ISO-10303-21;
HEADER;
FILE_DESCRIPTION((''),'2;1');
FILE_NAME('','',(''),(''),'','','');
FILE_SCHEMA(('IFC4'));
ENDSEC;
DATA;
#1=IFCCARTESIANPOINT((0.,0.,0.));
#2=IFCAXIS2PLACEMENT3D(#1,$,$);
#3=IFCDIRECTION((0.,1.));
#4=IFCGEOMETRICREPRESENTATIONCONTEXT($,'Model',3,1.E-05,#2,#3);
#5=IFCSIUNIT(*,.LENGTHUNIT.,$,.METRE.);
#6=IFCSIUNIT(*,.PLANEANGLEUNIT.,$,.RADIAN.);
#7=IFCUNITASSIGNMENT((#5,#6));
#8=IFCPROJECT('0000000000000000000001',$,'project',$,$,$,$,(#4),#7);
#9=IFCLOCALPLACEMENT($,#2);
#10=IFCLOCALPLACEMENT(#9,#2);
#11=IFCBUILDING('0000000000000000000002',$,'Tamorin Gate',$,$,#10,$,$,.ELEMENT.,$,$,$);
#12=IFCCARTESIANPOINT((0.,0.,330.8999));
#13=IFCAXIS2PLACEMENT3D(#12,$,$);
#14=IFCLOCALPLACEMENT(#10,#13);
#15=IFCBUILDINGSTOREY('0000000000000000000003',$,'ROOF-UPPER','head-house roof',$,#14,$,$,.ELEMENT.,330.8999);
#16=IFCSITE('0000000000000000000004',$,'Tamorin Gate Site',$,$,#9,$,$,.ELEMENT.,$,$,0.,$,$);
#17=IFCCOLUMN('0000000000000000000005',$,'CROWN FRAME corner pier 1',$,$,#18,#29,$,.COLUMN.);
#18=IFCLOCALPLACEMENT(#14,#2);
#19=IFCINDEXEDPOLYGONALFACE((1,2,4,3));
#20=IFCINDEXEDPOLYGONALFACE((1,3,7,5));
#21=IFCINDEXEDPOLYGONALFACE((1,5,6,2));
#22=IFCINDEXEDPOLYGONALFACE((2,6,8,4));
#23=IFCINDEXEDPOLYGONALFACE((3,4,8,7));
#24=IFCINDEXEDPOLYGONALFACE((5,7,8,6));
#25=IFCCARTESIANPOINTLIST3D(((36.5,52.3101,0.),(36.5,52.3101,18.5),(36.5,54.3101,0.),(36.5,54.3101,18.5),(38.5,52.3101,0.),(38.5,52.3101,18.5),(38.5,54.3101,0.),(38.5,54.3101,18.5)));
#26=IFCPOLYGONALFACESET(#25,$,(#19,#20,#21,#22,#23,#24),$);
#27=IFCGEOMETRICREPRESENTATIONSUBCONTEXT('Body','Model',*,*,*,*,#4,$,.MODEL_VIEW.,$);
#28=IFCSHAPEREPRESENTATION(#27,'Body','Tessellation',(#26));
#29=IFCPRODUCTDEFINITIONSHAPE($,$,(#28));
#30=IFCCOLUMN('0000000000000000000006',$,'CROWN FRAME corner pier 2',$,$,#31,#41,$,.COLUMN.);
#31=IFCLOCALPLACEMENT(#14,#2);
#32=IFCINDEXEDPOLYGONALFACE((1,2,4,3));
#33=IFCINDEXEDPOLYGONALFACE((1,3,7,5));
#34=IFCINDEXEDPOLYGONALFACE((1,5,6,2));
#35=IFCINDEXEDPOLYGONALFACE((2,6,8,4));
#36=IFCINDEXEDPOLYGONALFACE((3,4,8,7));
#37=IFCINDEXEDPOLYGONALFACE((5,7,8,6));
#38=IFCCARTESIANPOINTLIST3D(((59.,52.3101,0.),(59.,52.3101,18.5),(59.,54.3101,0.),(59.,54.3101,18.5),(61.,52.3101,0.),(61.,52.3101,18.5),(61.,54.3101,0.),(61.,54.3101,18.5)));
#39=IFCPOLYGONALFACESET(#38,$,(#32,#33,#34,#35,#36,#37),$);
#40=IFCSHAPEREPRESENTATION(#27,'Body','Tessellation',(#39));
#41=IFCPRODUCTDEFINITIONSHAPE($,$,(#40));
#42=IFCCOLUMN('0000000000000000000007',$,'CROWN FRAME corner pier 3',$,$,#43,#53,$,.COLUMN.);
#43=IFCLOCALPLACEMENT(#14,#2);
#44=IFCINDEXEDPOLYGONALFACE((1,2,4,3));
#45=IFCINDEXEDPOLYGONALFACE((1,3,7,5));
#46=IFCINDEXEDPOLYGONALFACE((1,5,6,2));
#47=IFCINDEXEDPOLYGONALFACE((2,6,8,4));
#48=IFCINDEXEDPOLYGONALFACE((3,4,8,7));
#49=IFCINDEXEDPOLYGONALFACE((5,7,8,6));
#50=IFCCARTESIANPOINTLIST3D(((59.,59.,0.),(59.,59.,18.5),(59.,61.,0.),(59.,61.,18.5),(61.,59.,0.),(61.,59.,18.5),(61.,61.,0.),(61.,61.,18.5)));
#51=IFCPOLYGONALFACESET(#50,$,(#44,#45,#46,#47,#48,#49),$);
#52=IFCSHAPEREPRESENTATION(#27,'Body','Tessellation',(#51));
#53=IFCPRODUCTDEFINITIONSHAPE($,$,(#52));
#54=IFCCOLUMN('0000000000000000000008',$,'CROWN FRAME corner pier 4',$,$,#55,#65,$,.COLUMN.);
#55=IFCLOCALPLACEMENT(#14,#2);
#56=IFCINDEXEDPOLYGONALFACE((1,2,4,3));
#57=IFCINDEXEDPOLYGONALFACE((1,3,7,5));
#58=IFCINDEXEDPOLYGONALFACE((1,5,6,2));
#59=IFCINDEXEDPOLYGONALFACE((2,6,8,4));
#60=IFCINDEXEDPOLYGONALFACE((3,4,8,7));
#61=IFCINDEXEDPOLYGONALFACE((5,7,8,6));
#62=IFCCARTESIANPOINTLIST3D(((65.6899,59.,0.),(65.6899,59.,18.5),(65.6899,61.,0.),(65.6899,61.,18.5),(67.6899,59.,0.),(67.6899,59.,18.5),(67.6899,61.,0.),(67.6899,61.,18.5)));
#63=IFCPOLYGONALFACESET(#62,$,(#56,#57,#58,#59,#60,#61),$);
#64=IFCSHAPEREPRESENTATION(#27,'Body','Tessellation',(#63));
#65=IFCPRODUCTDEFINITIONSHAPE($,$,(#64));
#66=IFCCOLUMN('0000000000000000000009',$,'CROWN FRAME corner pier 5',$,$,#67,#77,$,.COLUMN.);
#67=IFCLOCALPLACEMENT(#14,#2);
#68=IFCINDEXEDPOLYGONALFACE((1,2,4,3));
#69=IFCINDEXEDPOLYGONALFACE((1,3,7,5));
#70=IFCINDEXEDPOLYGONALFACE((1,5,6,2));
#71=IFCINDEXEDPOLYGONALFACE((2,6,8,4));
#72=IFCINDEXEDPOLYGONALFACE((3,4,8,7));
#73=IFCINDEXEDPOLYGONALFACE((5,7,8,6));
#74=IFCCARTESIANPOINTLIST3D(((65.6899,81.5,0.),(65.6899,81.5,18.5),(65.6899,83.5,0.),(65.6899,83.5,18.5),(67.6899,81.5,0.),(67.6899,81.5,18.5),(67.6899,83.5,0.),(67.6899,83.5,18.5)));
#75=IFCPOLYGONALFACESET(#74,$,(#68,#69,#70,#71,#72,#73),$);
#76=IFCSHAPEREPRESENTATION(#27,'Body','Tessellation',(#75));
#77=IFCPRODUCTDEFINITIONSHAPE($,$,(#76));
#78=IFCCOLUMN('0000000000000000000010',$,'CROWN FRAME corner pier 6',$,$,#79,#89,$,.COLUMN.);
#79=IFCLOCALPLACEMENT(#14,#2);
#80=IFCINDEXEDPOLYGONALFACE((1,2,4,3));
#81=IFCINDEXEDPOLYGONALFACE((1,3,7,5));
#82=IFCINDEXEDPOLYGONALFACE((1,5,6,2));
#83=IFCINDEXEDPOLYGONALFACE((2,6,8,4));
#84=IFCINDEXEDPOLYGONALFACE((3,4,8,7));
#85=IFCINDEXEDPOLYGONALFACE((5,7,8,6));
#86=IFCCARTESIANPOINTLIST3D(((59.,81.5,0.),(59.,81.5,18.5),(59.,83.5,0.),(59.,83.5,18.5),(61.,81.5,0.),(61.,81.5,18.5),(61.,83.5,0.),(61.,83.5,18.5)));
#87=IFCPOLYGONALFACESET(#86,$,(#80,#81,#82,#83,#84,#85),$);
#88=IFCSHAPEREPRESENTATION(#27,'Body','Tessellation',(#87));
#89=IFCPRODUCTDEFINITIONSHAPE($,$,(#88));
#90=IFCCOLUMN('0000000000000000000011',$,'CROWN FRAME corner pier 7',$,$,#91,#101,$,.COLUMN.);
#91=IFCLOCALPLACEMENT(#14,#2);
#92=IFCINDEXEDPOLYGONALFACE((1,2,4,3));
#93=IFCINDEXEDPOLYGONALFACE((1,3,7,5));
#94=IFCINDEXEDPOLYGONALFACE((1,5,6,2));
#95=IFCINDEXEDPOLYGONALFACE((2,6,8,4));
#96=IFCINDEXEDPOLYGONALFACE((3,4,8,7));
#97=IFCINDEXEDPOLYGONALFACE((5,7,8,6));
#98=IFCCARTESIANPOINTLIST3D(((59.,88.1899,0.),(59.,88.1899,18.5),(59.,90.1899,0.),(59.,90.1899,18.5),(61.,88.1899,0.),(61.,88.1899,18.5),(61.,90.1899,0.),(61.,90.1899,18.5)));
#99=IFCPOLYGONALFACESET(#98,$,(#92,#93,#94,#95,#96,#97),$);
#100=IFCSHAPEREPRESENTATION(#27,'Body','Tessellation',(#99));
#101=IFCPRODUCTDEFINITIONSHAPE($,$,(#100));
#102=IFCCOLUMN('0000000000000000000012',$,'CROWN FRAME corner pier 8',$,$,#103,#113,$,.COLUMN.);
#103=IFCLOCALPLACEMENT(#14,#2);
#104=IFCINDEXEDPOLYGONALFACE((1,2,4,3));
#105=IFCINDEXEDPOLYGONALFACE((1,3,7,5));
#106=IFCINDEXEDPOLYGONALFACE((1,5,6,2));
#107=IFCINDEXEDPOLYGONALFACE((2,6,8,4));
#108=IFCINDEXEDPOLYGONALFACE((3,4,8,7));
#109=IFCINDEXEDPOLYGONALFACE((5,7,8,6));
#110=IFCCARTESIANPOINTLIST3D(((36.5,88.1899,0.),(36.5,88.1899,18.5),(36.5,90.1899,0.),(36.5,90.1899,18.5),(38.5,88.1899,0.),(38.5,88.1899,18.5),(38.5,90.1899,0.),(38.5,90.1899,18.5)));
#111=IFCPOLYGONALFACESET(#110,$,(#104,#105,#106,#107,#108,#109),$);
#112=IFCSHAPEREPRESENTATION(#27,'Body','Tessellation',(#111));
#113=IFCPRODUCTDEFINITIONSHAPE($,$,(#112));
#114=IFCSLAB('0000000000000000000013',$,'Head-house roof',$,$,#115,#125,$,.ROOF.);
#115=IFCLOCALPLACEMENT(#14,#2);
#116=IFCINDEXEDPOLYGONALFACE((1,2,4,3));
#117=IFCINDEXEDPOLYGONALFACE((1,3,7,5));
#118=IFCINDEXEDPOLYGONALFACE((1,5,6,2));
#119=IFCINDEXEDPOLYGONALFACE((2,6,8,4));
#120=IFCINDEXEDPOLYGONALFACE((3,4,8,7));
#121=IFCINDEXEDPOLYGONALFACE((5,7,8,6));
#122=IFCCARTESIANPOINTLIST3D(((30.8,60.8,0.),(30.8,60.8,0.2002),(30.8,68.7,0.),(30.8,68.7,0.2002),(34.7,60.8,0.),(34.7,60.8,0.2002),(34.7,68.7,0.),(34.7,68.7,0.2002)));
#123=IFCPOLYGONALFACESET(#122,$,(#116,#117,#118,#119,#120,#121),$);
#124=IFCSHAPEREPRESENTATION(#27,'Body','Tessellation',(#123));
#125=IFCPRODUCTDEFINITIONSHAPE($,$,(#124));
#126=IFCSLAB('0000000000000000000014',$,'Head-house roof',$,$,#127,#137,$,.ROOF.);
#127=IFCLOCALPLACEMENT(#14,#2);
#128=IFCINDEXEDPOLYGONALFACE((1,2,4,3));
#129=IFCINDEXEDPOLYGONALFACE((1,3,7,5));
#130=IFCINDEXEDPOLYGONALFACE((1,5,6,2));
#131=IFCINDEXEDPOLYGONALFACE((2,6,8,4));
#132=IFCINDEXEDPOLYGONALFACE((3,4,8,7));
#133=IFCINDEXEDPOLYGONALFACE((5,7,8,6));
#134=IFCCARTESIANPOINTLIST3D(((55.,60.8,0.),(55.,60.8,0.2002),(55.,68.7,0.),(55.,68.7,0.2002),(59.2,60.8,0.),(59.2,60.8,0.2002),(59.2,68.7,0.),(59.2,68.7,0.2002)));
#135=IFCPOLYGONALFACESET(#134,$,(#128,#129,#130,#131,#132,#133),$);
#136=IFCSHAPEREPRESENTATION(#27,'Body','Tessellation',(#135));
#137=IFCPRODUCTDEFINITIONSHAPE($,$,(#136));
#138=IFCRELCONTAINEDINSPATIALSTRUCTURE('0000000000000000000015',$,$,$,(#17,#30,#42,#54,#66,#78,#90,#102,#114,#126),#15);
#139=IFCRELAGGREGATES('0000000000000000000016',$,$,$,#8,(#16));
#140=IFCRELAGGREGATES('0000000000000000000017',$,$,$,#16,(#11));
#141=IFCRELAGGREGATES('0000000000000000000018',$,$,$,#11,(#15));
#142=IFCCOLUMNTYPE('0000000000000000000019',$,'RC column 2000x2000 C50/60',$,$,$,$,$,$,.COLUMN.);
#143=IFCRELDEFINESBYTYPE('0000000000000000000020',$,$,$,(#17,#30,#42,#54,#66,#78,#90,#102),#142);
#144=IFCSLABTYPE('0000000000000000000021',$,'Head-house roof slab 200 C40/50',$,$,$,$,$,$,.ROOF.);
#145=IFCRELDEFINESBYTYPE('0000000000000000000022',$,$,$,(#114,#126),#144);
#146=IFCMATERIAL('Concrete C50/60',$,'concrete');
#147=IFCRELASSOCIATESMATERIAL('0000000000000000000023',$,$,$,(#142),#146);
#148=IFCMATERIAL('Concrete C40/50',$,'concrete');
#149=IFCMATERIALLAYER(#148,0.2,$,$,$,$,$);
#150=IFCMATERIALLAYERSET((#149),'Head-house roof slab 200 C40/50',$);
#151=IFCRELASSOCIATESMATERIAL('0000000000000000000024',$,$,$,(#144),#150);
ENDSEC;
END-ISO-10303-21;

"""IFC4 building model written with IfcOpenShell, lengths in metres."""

from ifc_helpers import new_model, si_unit, direction, frame, origin, origin_2d, place, context, subcontext, project, spatial, polyline, rectangle, outline, extrude, material, layer, layer_set, material_profile, profile_set, type_object, element, save


model = new_model("IFC4")

# Units and contexts
model_context = context("Model", 3, precision=1e-05, world=origin(), true_north=direction((0.0, 1.0)))
body_context = subcontext(model_context, "Body", "Model", "MODEL_VIEW")
ifc_project = project(units=[si_unit("LENGTHUNIT", "METRE"), si_unit("PLANEANGLEUNIT", "RADIAN")], contexts=[model_context])

# Site, building, storey
site_placement = place(None, origin())
site = spatial("IfcSite", under=ifc_project, at=site_placement, Name="Tamorin Gate Site", CompositionType="ELEMENT", RefElevation=0.0)
building_placement = place(site_placement, origin())
building = spatial("IfcBuilding", under=site, at=building_placement, Name="Tamorin Gate", CompositionType="ELEMENT")
storey_placement = place(building_placement, frame((0.0, 0.0, 330.8999)))
storey = spatial("IfcBuildingStorey", under=building, at=storey_placement, Name="ROOF-UPPER", Description="head-house roof", CompositionType="ELEMENT", Elevation=330.8999)

# Columns
ifc_material_1 = material(Name="Concrete C50/60", Category="concrete")
ifc_material_profile = material_profile(ifc_material_1, rectangle(XDim=2.0, YDim=2.0, at=origin_2d()), Name="RC 2000x2000")
ifc_profile_set = profile_set([ifc_material_profile], Name="Concrete C50/60")
column_type = type_object("IfcColumnType", Name="RC column 2000x2000 C50/60", PredefinedType="COLUMN", material=ifc_profile_set)
for number, where, z_axis, x_axis, name in (
    (1, (37.5, 53.3101, 0.0), (0.0, 0.0, 1.0), (1.0, 0.0, 0.0), "CROWN FRAME corner pier 1"),
    (2, (60.0, 53.3101, 0.0), (0.0, 0.0, 1.0), (1.0, 0.0, 0.0), "CROWN FRAME corner pier 2"),
    (3, (60.0, 60.0, 0.0), (0.0, 0.0, 1.0), (1.0, 0.0, 0.0), "CROWN FRAME corner pier 3"),
    (4, (66.6899, 60.0, 0.0), (0.0, 0.0, 1.0), (1.0, 0.0, 0.0), "CROWN FRAME corner pier 4"),
    (5, (66.6899, 82.5, 0.0), (0.0, 0.0, 1.0), (1.0, 0.0, 0.0), "CROWN FRAME corner pier 5"),
    (6, (60.0, 82.5, 0.0), (0.0, 0.0, 1.0), (1.0, 0.0, 0.0), "CROWN FRAME corner pier 6"),
    (7, (60.0, 89.1899, 0.0), (0.0, 0.0, 1.0), (1.0, 0.0, 0.0), "CROWN FRAME corner pier 7"),
    (8, (37.5, 89.1899, 0.0), (0.0, 0.0, 1.0), (1.0, 0.0, 0.0), "CROWN FRAME corner pier 8"),
):
    element("IfcColumn", number, at=place(storey_placement, frame(where, z_axis=z_axis, x_axis=x_axis)), inside=storey, type_object=column_type, Name=name, PredefinedType="COLUMN", context=body_context, shape_type="SweptSolid", body=[
        extrude(rectangle(XDim=2.0, YDim=2.0, at=origin_2d()), origin(), (0.0, 0.0, 1.0), 18.5),
    ])

# Slabs
ifc_material_2 = material(Name="Concrete C40/50", Category="concrete")
ifc_layer = layer(ifc_material_2, 0.2)
ifc_layer_set = layer_set([ifc_layer], Name="Head-house roof slab 200 C40/50")
slab_type = type_object("IfcSlabType", Name="Head-house roof slab 200 C40/50", PredefinedType="ROOF", material=ifc_layer_set)
slab_1_placement = place(storey_placement, origin())
element("IfcSlab", 9, at=slab_1_placement, inside=storey, type_object=slab_type, Name="Head-house roof", PredefinedType="ROOF", context=body_context, shape_type="SweptSolid", body=[
    extrude(outline(polyline([(30.8, 60.8), (34.7, 60.8), (34.7, 68.7), (30.8, 68.7), (30.8, 60.8)])), origin(), (0.0, 0.0, 1.0), 0.2002),
])
slab_2_placement = place(storey_placement, origin())
element("IfcSlab", 10, at=slab_2_placement, inside=storey, type_object=slab_type, Name="Head-house roof", PredefinedType="ROOF", context=body_context, shape_type="SweptSolid", body=[
    extrude(outline(polyline([(55.0, 60.8), (59.2, 60.8), (59.2, 68.7), (55.0, 68.7), (55.0, 60.8)])), origin(), (0.0, 0.0, 1.0), 0.2002),
])

save(model, "model.ifc")
